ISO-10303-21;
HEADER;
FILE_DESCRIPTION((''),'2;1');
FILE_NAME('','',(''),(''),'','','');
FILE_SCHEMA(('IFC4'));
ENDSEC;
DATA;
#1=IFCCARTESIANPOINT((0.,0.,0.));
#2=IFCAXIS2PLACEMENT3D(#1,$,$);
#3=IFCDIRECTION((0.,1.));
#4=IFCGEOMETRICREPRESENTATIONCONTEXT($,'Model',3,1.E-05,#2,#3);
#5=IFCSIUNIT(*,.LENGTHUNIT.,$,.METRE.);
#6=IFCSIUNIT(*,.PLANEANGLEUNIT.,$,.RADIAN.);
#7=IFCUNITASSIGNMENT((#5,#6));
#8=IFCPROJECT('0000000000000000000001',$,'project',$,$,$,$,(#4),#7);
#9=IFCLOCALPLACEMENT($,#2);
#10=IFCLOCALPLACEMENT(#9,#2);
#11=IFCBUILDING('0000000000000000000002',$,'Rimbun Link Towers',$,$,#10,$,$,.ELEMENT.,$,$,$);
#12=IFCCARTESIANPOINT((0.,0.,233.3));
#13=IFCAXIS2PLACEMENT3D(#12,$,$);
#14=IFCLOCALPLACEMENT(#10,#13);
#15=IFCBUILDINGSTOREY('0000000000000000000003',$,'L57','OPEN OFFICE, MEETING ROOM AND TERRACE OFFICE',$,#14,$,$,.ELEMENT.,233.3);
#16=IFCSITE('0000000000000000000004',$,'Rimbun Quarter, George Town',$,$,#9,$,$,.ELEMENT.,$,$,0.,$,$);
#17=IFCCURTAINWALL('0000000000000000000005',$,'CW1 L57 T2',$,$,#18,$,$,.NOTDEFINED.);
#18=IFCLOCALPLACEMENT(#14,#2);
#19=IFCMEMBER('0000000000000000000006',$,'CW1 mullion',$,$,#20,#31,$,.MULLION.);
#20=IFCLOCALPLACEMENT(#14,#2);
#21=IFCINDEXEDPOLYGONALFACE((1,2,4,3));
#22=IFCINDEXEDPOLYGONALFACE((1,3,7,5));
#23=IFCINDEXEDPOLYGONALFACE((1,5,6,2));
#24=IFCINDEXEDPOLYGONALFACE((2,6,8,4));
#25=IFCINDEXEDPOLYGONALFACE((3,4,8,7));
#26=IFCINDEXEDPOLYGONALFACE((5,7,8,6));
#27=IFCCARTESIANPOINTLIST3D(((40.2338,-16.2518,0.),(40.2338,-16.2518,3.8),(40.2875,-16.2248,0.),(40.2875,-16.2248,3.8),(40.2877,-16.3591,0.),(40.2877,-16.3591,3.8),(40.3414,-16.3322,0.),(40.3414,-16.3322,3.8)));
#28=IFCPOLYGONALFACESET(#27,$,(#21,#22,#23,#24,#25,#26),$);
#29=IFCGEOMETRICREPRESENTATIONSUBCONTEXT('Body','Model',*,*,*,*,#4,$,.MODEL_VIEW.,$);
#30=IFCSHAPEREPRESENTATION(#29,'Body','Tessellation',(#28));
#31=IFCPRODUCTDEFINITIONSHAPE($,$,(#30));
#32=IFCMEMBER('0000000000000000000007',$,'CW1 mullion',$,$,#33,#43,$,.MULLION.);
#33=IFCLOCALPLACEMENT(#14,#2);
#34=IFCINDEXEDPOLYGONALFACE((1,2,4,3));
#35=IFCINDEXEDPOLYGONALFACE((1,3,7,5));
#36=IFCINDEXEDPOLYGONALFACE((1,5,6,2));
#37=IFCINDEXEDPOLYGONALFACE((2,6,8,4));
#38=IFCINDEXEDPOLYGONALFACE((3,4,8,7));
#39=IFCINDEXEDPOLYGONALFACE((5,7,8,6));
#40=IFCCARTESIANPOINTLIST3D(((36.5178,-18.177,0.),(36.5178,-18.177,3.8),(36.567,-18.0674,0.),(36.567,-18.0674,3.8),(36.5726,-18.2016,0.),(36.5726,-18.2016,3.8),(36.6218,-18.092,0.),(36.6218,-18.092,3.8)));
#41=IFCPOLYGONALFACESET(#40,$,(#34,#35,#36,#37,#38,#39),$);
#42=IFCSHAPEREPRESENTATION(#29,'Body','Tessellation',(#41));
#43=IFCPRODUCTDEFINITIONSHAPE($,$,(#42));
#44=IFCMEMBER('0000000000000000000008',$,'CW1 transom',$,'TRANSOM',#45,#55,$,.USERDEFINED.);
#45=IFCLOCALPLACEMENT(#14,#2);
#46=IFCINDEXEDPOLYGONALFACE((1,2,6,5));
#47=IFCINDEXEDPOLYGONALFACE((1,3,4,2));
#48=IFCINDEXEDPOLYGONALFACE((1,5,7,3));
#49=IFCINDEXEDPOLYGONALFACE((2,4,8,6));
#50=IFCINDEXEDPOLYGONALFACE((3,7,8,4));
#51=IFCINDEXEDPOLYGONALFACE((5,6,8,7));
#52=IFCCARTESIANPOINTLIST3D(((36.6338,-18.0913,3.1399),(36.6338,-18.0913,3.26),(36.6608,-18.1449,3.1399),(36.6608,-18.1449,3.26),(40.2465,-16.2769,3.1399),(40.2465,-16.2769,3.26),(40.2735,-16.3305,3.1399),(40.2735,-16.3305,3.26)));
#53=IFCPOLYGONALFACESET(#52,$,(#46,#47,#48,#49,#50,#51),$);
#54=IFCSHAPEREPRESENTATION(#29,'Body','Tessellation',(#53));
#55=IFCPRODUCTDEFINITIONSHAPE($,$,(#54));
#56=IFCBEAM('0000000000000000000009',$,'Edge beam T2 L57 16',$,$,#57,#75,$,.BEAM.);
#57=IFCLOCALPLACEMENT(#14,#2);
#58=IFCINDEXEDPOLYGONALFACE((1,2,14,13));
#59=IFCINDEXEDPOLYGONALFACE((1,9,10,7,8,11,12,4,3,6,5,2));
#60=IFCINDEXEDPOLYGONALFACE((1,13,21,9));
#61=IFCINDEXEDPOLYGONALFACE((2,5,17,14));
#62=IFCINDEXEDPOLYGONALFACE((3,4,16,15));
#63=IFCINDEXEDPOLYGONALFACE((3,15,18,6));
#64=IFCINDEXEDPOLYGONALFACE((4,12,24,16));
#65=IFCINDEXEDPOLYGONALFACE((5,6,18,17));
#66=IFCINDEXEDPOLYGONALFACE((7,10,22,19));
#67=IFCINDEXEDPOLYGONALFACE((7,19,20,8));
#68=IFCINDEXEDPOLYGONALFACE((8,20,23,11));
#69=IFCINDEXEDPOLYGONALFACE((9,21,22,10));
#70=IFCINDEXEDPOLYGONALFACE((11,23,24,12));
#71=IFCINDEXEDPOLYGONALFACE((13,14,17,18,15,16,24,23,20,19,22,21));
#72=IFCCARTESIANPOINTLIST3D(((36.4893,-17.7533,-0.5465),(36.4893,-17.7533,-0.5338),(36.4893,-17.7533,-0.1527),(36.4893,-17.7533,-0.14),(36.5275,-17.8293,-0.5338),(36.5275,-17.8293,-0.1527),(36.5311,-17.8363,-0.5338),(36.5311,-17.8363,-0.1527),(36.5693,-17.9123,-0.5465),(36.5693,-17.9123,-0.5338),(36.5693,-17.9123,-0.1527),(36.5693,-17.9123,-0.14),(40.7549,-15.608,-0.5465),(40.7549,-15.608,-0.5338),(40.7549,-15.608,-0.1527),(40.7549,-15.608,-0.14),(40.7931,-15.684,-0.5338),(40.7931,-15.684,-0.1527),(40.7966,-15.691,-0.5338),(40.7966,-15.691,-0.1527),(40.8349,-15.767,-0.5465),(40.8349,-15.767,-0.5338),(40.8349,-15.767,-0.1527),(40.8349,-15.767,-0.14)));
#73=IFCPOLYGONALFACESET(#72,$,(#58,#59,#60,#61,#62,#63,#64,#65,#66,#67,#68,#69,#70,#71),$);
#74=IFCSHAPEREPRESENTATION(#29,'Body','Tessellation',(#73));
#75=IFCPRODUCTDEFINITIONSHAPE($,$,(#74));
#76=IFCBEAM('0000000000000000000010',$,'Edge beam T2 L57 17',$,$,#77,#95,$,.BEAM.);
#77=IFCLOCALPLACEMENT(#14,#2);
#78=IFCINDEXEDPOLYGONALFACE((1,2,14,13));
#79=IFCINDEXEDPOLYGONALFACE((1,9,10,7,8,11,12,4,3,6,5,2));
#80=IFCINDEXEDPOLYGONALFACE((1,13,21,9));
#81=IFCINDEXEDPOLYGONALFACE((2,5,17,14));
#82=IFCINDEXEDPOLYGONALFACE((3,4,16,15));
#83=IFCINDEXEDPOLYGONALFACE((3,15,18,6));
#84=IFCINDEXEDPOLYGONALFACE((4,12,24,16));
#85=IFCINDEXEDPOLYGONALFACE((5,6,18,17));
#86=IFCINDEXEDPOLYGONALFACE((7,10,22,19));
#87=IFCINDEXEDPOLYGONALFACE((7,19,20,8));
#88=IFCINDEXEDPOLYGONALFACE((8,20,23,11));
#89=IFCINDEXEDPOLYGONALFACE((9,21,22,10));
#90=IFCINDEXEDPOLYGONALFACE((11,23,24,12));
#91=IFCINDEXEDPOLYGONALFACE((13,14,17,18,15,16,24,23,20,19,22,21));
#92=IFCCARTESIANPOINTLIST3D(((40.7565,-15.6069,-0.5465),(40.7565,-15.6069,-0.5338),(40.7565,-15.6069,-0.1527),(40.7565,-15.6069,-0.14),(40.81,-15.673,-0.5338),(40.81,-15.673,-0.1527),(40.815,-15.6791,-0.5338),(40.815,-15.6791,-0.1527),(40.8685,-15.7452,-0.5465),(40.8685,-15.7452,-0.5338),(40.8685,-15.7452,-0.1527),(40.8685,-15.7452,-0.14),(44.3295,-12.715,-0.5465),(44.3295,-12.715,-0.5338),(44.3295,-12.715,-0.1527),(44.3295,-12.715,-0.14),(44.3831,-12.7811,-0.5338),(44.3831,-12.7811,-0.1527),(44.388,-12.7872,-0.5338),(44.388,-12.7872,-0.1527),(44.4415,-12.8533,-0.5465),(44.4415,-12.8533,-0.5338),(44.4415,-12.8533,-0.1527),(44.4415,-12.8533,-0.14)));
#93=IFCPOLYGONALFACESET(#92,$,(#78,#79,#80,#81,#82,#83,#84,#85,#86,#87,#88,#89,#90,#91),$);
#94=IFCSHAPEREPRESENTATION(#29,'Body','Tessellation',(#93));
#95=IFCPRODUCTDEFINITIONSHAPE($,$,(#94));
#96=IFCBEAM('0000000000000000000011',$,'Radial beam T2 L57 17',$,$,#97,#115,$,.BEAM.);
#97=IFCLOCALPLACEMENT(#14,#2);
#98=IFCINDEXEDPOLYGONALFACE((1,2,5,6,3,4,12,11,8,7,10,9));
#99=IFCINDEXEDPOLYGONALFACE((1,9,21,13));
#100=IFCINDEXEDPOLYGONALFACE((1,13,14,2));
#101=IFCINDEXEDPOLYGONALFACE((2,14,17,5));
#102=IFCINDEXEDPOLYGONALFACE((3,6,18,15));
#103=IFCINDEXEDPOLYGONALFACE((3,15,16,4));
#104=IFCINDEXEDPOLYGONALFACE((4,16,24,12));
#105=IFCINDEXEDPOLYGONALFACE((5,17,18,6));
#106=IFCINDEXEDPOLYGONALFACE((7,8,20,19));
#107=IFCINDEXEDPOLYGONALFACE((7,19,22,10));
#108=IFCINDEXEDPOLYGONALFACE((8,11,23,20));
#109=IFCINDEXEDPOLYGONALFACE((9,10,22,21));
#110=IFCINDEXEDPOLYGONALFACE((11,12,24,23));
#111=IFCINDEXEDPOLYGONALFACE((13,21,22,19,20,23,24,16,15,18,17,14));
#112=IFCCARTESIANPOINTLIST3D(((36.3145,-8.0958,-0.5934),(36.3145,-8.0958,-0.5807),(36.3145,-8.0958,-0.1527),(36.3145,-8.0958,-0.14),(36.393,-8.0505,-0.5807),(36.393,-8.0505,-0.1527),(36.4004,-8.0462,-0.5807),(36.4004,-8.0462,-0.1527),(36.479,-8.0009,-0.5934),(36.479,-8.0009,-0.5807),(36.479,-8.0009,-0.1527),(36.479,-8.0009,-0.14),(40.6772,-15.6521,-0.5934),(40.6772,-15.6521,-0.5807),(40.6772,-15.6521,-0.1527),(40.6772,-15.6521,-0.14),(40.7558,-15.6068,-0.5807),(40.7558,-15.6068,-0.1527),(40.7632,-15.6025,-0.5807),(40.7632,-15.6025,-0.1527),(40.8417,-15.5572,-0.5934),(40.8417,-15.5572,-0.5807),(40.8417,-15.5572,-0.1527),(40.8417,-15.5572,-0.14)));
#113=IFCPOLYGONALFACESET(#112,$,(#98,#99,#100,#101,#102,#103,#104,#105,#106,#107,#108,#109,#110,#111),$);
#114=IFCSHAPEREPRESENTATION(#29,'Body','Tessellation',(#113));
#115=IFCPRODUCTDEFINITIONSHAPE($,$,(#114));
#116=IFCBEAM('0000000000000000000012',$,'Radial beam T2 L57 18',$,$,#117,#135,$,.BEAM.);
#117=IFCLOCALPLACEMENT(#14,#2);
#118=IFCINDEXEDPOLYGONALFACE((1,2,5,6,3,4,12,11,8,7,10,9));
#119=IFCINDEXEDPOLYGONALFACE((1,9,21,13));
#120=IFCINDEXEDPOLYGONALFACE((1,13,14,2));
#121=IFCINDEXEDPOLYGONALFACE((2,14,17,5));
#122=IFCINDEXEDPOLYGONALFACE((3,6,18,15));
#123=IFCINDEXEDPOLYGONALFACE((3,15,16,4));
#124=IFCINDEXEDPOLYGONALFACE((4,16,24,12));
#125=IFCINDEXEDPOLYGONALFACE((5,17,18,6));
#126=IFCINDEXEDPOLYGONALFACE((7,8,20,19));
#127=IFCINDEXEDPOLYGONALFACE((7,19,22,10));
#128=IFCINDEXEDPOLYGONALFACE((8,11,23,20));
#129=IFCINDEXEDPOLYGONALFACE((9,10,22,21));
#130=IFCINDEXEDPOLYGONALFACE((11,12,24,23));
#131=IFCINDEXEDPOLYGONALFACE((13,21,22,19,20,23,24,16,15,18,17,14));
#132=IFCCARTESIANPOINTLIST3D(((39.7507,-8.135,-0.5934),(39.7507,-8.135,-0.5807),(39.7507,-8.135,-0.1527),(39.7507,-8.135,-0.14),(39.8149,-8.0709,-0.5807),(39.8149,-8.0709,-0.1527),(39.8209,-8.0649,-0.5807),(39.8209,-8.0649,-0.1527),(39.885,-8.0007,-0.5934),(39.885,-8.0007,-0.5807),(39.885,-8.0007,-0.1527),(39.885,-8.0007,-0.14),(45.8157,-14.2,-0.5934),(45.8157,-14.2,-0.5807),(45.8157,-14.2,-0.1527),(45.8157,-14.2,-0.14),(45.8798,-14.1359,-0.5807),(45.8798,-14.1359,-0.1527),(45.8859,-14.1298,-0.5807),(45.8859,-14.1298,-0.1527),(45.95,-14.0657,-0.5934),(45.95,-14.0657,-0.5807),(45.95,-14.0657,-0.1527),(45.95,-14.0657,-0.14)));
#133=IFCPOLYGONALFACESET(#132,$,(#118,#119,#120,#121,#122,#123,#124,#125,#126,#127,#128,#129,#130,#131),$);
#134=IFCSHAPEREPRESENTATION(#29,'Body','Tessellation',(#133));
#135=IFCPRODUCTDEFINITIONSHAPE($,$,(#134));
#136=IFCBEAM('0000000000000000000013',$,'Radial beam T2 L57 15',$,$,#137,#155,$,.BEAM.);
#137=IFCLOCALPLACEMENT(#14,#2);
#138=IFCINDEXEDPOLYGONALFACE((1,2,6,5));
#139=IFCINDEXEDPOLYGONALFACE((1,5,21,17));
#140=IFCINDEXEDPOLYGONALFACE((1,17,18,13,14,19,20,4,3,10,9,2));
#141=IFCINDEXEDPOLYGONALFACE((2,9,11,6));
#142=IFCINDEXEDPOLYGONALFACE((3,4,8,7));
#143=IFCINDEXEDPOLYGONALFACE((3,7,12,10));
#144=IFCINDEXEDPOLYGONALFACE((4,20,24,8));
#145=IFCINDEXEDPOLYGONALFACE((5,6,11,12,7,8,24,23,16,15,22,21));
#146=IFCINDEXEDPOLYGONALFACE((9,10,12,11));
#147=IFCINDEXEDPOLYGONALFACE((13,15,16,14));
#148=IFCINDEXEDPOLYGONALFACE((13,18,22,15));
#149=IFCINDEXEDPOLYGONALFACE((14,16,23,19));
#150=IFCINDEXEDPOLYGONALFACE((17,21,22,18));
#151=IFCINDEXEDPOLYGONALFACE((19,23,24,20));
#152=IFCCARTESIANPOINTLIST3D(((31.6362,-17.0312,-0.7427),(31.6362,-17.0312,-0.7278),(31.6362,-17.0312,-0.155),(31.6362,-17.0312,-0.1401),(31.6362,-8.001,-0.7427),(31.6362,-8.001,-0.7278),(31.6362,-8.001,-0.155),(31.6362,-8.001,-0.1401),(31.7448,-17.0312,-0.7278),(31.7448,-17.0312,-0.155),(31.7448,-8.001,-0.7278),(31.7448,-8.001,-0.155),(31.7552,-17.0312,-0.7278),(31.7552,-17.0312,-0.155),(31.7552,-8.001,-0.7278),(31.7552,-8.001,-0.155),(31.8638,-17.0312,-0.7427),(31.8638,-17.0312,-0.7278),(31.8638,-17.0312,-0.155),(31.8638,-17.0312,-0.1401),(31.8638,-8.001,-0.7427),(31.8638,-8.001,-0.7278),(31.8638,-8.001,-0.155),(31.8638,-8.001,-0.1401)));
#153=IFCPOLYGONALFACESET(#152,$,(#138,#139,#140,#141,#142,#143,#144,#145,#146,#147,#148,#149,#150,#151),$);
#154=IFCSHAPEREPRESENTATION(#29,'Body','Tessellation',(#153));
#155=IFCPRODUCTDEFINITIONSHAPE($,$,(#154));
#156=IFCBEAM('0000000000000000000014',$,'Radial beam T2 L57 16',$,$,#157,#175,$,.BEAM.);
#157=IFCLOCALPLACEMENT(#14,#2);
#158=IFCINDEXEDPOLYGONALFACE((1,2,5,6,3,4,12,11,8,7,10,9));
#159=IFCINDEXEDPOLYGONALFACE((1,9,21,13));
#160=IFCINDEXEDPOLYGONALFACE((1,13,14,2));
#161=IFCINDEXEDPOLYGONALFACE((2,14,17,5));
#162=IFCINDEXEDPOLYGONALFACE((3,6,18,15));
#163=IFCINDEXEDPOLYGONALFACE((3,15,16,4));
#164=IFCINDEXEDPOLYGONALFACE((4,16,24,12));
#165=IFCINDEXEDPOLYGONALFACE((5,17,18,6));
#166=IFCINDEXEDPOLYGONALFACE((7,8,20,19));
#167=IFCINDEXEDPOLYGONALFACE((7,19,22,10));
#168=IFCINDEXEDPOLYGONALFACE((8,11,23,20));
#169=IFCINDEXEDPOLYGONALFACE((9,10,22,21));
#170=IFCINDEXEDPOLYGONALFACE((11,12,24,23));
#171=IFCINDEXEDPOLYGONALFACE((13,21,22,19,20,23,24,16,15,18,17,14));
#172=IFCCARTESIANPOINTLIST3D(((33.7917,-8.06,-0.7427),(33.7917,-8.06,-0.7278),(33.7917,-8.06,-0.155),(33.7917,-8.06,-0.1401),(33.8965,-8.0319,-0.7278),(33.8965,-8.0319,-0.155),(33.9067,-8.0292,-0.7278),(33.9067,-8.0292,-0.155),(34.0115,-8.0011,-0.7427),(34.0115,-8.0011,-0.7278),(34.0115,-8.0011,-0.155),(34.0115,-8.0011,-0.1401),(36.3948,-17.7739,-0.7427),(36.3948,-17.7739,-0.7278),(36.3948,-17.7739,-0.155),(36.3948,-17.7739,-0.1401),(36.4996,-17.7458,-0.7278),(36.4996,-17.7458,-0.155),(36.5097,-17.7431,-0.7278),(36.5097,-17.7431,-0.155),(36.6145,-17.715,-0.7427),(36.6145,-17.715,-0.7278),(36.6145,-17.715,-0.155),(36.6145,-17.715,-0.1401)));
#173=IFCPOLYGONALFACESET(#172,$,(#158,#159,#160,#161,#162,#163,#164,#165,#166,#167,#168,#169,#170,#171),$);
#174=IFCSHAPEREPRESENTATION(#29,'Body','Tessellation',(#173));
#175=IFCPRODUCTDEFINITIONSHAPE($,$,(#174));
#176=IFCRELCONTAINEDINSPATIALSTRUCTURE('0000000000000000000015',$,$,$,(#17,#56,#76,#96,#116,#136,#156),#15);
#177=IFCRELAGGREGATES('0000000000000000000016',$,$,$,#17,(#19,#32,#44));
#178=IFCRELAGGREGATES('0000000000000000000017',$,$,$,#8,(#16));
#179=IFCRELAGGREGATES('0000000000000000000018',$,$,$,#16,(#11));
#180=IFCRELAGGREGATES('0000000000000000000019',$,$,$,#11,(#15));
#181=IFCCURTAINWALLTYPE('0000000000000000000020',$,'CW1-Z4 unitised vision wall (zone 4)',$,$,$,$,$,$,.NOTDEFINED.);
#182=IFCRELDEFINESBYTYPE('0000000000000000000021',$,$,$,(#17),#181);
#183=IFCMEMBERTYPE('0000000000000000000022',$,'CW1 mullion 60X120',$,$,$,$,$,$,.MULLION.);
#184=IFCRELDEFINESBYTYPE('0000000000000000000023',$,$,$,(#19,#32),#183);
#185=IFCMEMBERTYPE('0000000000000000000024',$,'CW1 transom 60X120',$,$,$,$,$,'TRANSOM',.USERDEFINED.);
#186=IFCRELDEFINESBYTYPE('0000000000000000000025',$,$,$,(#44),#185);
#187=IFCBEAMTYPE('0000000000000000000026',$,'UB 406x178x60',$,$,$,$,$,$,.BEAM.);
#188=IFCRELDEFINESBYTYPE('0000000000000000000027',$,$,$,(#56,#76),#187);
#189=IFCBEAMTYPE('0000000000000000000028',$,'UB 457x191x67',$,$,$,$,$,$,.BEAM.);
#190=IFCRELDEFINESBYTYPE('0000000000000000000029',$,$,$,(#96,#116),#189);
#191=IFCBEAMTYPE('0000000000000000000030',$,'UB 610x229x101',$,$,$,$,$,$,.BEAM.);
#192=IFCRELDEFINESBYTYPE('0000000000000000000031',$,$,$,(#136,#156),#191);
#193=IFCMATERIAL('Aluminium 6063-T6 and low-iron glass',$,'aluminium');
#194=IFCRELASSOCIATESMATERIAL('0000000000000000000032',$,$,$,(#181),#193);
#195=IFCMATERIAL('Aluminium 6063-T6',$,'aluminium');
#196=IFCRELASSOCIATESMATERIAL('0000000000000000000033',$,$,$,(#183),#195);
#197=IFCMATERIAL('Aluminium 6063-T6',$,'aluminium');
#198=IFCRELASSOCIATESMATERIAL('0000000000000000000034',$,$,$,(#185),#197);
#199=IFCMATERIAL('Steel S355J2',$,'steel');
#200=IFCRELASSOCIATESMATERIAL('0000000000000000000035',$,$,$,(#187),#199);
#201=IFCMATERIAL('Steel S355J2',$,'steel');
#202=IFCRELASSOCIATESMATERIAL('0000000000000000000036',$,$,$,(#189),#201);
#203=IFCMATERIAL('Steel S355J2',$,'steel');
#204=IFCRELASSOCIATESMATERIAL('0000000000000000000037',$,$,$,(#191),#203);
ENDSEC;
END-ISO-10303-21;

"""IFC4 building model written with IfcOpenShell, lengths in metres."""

from ifc_helpers import new_model, si_unit, direction, frame, origin, origin_2d, place, context, subcontext, project, spatial, rectangle, i_section, extrude, material, material_profile, profile_set, type_object, element, aggregate, save


model = new_model("IFC4")

# Units and contexts
model_context = context("Model", 3, precision=1e-05, world=origin(), true_north=direction((0.0, 1.0)))
body_context = subcontext(model_context, "Body", "Model", "MODEL_VIEW")
ifc_project = project(units=[si_unit("LENGTHUNIT", "METRE"), si_unit("PLANEANGLEUNIT", "RADIAN")], contexts=[model_context])

# Site, building, storey
site_placement = place(None, origin())
site = spatial("IfcSite", under=ifc_project, at=site_placement, Name="Rimbun Quarter, George Town", CompositionType="ELEMENT", RefElevation=0.0)
building_placement = place(site_placement, origin())
building = spatial("IfcBuilding", under=site, at=building_placement, Name="Rimbun Link Towers", CompositionType="ELEMENT")
storey_placement = place(building_placement, frame((0.0, 0.0, 233.3)))
storey = spatial("IfcBuildingStorey", under=building, at=storey_placement, Name="L57", Description="OPEN OFFICE, MEETING ROOM AND TERRACE OFFICE", CompositionType="ELEMENT", Elevation=233.3)

# Curtain wall, members
ifc_material_1 = material(Name="Aluminium 6063-T6 and low-iron glass", Category="aluminium")
curtain_wall_type = type_object("IfcCurtainWallType", Name="CW1-Z4 unitised vision wall (zone 4)", PredefinedType="NOTDEFINED", material=ifc_material_1)
curtain_wall_placement = place(storey_placement, origin())
curtain_wall = element("IfcCurtainWall", 1, at=curtain_wall_placement, inside=storey, type_object=curtain_wall_type, Name="CW1 L57 T2", PredefinedType="NOTDEFINED")
ifc_material_2 = material(Name="Aluminium 6063-T6", Category="aluminium")
ifc_material_profile_1 = material_profile(ifc_material_2, rectangle(XDim=0.1201, YDim=0.0601, at=origin_2d()), Name="MULLION 60X120")
ifc_profile_set_1 = profile_set([ifc_material_profile_1], Name="Aluminium 6063-T6")
member_type_1 = type_object("IfcMemberType", Name="CW1 mullion 60X120", PredefinedType="MULLION", material=ifc_profile_set_1)
member_1_placement = place(storey_placement, frame((40.2876, -16.292, 0.0), z_axis=(0.0, 0.0, 1.0), x_axis=(0.448779, -0.893643, 0.0)))
member_1 = element("IfcMember", 2, at=member_1_placement, type_object=member_type_1, Name="CW1 mullion", PredefinedType="MULLION", context=body_context, shape_type="SweptSolid", body=[
    extrude(rectangle(XDim=0.1201, YDim=0.0601, at=origin_2d()), origin(), (0.0, 0.0, 1.0), 3.8),
])
member_2_placement = place(storey_placement, frame((36.5698, -18.1345, 0.0), z_axis=(0.0, 0.0, 1.0), x_axis=(-0.40941, -0.91235, 0.0)))
member_2 = element("IfcMember", 3, at=member_2_placement, type_object=member_type_1, Name="CW1 mullion", PredefinedType="MULLION", context=body_context, shape_type="SweptSolid", body=[
    extrude(rectangle(XDim=0.1201, YDim=0.0601, at=origin_2d()), origin(), (0.0, 0.0, 1.0), 3.8),
])
ifc_material_3 = material(Name="Aluminium 6063-T6", Category="aluminium")
ifc_material_profile_2 = material_profile(ifc_material_3, rectangle(XDim=0.0601, YDim=0.1201, at=origin_2d()), Name="TRANSOM 60X120")
ifc_profile_set_2 = profile_set([ifc_material_profile_2], Name="Aluminium 6063-T6")
member_type_2 = type_object("IfcMemberType", Name="CW1 transom 60X120", ElementType="TRANSOM", PredefinedType="USERDEFINED", material=ifc_profile_set_2)
member_3_placement = place(storey_placement, frame((40.26, -16.3037, 3.2), z_axis=(-0.893629, -0.448807, 0.0), x_axis=(0.448807, -0.893629, 0.0)))
member_3 = element("IfcMember", 4, at=member_3_placement, type_object=member_type_2, Name="CW1 transom", ObjectType="TRANSOM", PredefinedType="USERDEFINED", context=body_context, shape_type="SweptSolid", body=[
    extrude(rectangle(XDim=0.0601, YDim=0.1201, at=origin_2d()), origin(), (0.0, 0.0, 1.0), 4.0427),
])

# Beams
ifc_material_4 = material(Name="Steel S355J2", Category="steel")
ifc_material_profile_3 = material_profile(ifc_material_4, i_section(OverallWidth=0.178, OverallDepth=0.4065, WebThickness=0.0078, FlangeThickness=0.0127, at=origin_2d()), Name="UB 406x178x60")
ifc_profile_set_3 = profile_set([ifc_material_profile_3], Name="Steel S355J2")
beam_type_1 = type_object("IfcBeamType", Name="UB 406x178x60", PredefinedType="BEAM", material=ifc_profile_set_3)
beam_1_placement = place(storey_placement, frame((36.5293, -17.8328, -0.3433), z_axis=(0.893382, 0.449299, 0.0), x_axis=(-0.449299, 0.893382, 0.0)))
element("IfcBeam", 5, at=beam_1_placement, inside=storey, type_object=beam_type_1, Name="Edge beam T2 L57 16", PredefinedType="BEAM", context=body_context, shape_type="SweptSolid", body=[
    extrude(i_section(OverallWidth=0.178, OverallDepth=0.4065, WebThickness=0.0078, FlangeThickness=0.0127, at=origin_2d()), origin(), (0.0, 0.0, 1.0), 4.7747),
])
beam_2_placement = place(storey_placement, frame((40.8125, -15.676, -0.3433), z_axis=(0.777307, 0.629122, 0.0), x_axis=(-0.629122, 0.777307, 0.0)))
element("IfcBeam", 6, at=beam_2_placement, inside=storey, type_object=beam_type_1, Name="Edge beam T2 L57 17", PredefinedType="BEAM", context=body_context, shape_type="SweptSolid", body=[
    extrude(i_section(OverallWidth=0.178, OverallDepth=0.4065, WebThickness=0.0078, FlangeThickness=0.0127, at=origin_2d()), origin(), (0.0, 0.0, 1.0), 4.5967),
])
ifc_material_5 = material(Name="Steel S355J2", Category="steel")
ifc_material_profile_4 = material_profile(ifc_material_5, i_section(OverallWidth=0.1899, OverallDepth=0.4534, WebThickness=0.0085, FlangeThickness=0.0127, at=origin_2d()), Name="UB 457x191x67")
ifc_profile_set_4 = profile_set([ifc_material_profile_4], Name="Steel S355J2")
beam_type_2 = type_object("IfcBeamType", Name="UB 457x191x67", PredefinedType="BEAM", material=ifc_profile_set_4)
beam_3_placement = place(storey_placement, frame((36.3967, -8.0483, -0.3667), z_axis=(0.500009, -0.86602, 0.0), x_axis=(0.86602, 0.500009, 0.0)))
element("IfcBeam", 7, at=beam_3_placement, inside=storey, type_object=beam_type_2, Name="Radial beam T2 L57 17", PredefinedType="BEAM", context=body_context, shape_type="SweptSolid", body=[
    extrude(i_section(OverallWidth=0.1899, OverallDepth=0.4534, WebThickness=0.0085, FlangeThickness=0.0127, at=origin_2d()), origin(), (0.0, 0.0, 1.0), 8.7253),
])
beam_4_placement = place(storey_placement, frame((39.8179, -8.0679, -0.3667), z_axis=(0.707107, -0.707107, 0.0), x_axis=(0.707107, 0.707107, 0.0)))
element("IfcBeam", 8, at=beam_4_placement, inside=storey, type_object=beam_type_2, Name="Radial beam T2 L57 18", PredefinedType="BEAM", context=body_context, shape_type="SweptSolid", body=[
    extrude(i_section(OverallWidth=0.1899, OverallDepth=0.4534, WebThickness=0.0085, FlangeThickness=0.0127, at=origin_2d()), origin(), (0.0, 0.0, 1.0), 8.5771),
])
ifc_material_6 = material(Name="Steel S355J2", Category="steel")
ifc_material_profile_5 = material_profile(ifc_material_6, i_section(OverallWidth=0.2275, OverallDepth=0.6025, WebThickness=0.0105, FlangeThickness=0.0149, at=origin_2d()), Name="UB 610x229x101")
ifc_profile_set_5 = profile_set([ifc_material_profile_5], Name="Steel S355J2")
beam_type_3 = type_object("IfcBeamType", Name="UB 610x229x101", PredefinedType="BEAM", material=ifc_profile_set_5)
beam_5_placement = place(storey_placement, frame((31.75, -8.001, -0.4414), z_axis=(0.0, -1.0, 0.0), x_axis=(1.0, 0.0, 0.0)))
element("IfcBeam", 9, at=beam_5_placement, inside=storey, type_object=beam_type_3, Name="Radial beam T2 L57 15", PredefinedType="BEAM", context=body_context, shape_type="SweptSolid", body=[
    extrude(i_section(OverallWidth=0.2275, OverallDepth=0.6025, WebThickness=0.0105, FlangeThickness=0.0149, at=origin_2d()), origin(), (0.0, 0.0, 1.0), 9.0303),
])
beam_6_placement = place(storey_placement, frame((33.9016, -8.0305, -0.4414), z_axis=(0.258838, -0.965921, 0.0), x_axis=(0.965921, 0.258838, 0.0)))
element("IfcBeam", 10, at=beam_6_placement, inside=storey, type_object=beam_type_3, Name="Radial beam T2 L57 16", PredefinedType="BEAM", context=body_context, shape_type="SweptSolid", body=[
    extrude(i_section(OverallWidth=0.2275, OverallDepth=0.6025, WebThickness=0.0105, FlangeThickness=0.0149, at=origin_2d()), origin(), (0.0, 0.0, 1.0), 10.0566),
])

aggregate(curtain_wall, [member_1, member_2, member_3])

save(model, "model.ifc")
